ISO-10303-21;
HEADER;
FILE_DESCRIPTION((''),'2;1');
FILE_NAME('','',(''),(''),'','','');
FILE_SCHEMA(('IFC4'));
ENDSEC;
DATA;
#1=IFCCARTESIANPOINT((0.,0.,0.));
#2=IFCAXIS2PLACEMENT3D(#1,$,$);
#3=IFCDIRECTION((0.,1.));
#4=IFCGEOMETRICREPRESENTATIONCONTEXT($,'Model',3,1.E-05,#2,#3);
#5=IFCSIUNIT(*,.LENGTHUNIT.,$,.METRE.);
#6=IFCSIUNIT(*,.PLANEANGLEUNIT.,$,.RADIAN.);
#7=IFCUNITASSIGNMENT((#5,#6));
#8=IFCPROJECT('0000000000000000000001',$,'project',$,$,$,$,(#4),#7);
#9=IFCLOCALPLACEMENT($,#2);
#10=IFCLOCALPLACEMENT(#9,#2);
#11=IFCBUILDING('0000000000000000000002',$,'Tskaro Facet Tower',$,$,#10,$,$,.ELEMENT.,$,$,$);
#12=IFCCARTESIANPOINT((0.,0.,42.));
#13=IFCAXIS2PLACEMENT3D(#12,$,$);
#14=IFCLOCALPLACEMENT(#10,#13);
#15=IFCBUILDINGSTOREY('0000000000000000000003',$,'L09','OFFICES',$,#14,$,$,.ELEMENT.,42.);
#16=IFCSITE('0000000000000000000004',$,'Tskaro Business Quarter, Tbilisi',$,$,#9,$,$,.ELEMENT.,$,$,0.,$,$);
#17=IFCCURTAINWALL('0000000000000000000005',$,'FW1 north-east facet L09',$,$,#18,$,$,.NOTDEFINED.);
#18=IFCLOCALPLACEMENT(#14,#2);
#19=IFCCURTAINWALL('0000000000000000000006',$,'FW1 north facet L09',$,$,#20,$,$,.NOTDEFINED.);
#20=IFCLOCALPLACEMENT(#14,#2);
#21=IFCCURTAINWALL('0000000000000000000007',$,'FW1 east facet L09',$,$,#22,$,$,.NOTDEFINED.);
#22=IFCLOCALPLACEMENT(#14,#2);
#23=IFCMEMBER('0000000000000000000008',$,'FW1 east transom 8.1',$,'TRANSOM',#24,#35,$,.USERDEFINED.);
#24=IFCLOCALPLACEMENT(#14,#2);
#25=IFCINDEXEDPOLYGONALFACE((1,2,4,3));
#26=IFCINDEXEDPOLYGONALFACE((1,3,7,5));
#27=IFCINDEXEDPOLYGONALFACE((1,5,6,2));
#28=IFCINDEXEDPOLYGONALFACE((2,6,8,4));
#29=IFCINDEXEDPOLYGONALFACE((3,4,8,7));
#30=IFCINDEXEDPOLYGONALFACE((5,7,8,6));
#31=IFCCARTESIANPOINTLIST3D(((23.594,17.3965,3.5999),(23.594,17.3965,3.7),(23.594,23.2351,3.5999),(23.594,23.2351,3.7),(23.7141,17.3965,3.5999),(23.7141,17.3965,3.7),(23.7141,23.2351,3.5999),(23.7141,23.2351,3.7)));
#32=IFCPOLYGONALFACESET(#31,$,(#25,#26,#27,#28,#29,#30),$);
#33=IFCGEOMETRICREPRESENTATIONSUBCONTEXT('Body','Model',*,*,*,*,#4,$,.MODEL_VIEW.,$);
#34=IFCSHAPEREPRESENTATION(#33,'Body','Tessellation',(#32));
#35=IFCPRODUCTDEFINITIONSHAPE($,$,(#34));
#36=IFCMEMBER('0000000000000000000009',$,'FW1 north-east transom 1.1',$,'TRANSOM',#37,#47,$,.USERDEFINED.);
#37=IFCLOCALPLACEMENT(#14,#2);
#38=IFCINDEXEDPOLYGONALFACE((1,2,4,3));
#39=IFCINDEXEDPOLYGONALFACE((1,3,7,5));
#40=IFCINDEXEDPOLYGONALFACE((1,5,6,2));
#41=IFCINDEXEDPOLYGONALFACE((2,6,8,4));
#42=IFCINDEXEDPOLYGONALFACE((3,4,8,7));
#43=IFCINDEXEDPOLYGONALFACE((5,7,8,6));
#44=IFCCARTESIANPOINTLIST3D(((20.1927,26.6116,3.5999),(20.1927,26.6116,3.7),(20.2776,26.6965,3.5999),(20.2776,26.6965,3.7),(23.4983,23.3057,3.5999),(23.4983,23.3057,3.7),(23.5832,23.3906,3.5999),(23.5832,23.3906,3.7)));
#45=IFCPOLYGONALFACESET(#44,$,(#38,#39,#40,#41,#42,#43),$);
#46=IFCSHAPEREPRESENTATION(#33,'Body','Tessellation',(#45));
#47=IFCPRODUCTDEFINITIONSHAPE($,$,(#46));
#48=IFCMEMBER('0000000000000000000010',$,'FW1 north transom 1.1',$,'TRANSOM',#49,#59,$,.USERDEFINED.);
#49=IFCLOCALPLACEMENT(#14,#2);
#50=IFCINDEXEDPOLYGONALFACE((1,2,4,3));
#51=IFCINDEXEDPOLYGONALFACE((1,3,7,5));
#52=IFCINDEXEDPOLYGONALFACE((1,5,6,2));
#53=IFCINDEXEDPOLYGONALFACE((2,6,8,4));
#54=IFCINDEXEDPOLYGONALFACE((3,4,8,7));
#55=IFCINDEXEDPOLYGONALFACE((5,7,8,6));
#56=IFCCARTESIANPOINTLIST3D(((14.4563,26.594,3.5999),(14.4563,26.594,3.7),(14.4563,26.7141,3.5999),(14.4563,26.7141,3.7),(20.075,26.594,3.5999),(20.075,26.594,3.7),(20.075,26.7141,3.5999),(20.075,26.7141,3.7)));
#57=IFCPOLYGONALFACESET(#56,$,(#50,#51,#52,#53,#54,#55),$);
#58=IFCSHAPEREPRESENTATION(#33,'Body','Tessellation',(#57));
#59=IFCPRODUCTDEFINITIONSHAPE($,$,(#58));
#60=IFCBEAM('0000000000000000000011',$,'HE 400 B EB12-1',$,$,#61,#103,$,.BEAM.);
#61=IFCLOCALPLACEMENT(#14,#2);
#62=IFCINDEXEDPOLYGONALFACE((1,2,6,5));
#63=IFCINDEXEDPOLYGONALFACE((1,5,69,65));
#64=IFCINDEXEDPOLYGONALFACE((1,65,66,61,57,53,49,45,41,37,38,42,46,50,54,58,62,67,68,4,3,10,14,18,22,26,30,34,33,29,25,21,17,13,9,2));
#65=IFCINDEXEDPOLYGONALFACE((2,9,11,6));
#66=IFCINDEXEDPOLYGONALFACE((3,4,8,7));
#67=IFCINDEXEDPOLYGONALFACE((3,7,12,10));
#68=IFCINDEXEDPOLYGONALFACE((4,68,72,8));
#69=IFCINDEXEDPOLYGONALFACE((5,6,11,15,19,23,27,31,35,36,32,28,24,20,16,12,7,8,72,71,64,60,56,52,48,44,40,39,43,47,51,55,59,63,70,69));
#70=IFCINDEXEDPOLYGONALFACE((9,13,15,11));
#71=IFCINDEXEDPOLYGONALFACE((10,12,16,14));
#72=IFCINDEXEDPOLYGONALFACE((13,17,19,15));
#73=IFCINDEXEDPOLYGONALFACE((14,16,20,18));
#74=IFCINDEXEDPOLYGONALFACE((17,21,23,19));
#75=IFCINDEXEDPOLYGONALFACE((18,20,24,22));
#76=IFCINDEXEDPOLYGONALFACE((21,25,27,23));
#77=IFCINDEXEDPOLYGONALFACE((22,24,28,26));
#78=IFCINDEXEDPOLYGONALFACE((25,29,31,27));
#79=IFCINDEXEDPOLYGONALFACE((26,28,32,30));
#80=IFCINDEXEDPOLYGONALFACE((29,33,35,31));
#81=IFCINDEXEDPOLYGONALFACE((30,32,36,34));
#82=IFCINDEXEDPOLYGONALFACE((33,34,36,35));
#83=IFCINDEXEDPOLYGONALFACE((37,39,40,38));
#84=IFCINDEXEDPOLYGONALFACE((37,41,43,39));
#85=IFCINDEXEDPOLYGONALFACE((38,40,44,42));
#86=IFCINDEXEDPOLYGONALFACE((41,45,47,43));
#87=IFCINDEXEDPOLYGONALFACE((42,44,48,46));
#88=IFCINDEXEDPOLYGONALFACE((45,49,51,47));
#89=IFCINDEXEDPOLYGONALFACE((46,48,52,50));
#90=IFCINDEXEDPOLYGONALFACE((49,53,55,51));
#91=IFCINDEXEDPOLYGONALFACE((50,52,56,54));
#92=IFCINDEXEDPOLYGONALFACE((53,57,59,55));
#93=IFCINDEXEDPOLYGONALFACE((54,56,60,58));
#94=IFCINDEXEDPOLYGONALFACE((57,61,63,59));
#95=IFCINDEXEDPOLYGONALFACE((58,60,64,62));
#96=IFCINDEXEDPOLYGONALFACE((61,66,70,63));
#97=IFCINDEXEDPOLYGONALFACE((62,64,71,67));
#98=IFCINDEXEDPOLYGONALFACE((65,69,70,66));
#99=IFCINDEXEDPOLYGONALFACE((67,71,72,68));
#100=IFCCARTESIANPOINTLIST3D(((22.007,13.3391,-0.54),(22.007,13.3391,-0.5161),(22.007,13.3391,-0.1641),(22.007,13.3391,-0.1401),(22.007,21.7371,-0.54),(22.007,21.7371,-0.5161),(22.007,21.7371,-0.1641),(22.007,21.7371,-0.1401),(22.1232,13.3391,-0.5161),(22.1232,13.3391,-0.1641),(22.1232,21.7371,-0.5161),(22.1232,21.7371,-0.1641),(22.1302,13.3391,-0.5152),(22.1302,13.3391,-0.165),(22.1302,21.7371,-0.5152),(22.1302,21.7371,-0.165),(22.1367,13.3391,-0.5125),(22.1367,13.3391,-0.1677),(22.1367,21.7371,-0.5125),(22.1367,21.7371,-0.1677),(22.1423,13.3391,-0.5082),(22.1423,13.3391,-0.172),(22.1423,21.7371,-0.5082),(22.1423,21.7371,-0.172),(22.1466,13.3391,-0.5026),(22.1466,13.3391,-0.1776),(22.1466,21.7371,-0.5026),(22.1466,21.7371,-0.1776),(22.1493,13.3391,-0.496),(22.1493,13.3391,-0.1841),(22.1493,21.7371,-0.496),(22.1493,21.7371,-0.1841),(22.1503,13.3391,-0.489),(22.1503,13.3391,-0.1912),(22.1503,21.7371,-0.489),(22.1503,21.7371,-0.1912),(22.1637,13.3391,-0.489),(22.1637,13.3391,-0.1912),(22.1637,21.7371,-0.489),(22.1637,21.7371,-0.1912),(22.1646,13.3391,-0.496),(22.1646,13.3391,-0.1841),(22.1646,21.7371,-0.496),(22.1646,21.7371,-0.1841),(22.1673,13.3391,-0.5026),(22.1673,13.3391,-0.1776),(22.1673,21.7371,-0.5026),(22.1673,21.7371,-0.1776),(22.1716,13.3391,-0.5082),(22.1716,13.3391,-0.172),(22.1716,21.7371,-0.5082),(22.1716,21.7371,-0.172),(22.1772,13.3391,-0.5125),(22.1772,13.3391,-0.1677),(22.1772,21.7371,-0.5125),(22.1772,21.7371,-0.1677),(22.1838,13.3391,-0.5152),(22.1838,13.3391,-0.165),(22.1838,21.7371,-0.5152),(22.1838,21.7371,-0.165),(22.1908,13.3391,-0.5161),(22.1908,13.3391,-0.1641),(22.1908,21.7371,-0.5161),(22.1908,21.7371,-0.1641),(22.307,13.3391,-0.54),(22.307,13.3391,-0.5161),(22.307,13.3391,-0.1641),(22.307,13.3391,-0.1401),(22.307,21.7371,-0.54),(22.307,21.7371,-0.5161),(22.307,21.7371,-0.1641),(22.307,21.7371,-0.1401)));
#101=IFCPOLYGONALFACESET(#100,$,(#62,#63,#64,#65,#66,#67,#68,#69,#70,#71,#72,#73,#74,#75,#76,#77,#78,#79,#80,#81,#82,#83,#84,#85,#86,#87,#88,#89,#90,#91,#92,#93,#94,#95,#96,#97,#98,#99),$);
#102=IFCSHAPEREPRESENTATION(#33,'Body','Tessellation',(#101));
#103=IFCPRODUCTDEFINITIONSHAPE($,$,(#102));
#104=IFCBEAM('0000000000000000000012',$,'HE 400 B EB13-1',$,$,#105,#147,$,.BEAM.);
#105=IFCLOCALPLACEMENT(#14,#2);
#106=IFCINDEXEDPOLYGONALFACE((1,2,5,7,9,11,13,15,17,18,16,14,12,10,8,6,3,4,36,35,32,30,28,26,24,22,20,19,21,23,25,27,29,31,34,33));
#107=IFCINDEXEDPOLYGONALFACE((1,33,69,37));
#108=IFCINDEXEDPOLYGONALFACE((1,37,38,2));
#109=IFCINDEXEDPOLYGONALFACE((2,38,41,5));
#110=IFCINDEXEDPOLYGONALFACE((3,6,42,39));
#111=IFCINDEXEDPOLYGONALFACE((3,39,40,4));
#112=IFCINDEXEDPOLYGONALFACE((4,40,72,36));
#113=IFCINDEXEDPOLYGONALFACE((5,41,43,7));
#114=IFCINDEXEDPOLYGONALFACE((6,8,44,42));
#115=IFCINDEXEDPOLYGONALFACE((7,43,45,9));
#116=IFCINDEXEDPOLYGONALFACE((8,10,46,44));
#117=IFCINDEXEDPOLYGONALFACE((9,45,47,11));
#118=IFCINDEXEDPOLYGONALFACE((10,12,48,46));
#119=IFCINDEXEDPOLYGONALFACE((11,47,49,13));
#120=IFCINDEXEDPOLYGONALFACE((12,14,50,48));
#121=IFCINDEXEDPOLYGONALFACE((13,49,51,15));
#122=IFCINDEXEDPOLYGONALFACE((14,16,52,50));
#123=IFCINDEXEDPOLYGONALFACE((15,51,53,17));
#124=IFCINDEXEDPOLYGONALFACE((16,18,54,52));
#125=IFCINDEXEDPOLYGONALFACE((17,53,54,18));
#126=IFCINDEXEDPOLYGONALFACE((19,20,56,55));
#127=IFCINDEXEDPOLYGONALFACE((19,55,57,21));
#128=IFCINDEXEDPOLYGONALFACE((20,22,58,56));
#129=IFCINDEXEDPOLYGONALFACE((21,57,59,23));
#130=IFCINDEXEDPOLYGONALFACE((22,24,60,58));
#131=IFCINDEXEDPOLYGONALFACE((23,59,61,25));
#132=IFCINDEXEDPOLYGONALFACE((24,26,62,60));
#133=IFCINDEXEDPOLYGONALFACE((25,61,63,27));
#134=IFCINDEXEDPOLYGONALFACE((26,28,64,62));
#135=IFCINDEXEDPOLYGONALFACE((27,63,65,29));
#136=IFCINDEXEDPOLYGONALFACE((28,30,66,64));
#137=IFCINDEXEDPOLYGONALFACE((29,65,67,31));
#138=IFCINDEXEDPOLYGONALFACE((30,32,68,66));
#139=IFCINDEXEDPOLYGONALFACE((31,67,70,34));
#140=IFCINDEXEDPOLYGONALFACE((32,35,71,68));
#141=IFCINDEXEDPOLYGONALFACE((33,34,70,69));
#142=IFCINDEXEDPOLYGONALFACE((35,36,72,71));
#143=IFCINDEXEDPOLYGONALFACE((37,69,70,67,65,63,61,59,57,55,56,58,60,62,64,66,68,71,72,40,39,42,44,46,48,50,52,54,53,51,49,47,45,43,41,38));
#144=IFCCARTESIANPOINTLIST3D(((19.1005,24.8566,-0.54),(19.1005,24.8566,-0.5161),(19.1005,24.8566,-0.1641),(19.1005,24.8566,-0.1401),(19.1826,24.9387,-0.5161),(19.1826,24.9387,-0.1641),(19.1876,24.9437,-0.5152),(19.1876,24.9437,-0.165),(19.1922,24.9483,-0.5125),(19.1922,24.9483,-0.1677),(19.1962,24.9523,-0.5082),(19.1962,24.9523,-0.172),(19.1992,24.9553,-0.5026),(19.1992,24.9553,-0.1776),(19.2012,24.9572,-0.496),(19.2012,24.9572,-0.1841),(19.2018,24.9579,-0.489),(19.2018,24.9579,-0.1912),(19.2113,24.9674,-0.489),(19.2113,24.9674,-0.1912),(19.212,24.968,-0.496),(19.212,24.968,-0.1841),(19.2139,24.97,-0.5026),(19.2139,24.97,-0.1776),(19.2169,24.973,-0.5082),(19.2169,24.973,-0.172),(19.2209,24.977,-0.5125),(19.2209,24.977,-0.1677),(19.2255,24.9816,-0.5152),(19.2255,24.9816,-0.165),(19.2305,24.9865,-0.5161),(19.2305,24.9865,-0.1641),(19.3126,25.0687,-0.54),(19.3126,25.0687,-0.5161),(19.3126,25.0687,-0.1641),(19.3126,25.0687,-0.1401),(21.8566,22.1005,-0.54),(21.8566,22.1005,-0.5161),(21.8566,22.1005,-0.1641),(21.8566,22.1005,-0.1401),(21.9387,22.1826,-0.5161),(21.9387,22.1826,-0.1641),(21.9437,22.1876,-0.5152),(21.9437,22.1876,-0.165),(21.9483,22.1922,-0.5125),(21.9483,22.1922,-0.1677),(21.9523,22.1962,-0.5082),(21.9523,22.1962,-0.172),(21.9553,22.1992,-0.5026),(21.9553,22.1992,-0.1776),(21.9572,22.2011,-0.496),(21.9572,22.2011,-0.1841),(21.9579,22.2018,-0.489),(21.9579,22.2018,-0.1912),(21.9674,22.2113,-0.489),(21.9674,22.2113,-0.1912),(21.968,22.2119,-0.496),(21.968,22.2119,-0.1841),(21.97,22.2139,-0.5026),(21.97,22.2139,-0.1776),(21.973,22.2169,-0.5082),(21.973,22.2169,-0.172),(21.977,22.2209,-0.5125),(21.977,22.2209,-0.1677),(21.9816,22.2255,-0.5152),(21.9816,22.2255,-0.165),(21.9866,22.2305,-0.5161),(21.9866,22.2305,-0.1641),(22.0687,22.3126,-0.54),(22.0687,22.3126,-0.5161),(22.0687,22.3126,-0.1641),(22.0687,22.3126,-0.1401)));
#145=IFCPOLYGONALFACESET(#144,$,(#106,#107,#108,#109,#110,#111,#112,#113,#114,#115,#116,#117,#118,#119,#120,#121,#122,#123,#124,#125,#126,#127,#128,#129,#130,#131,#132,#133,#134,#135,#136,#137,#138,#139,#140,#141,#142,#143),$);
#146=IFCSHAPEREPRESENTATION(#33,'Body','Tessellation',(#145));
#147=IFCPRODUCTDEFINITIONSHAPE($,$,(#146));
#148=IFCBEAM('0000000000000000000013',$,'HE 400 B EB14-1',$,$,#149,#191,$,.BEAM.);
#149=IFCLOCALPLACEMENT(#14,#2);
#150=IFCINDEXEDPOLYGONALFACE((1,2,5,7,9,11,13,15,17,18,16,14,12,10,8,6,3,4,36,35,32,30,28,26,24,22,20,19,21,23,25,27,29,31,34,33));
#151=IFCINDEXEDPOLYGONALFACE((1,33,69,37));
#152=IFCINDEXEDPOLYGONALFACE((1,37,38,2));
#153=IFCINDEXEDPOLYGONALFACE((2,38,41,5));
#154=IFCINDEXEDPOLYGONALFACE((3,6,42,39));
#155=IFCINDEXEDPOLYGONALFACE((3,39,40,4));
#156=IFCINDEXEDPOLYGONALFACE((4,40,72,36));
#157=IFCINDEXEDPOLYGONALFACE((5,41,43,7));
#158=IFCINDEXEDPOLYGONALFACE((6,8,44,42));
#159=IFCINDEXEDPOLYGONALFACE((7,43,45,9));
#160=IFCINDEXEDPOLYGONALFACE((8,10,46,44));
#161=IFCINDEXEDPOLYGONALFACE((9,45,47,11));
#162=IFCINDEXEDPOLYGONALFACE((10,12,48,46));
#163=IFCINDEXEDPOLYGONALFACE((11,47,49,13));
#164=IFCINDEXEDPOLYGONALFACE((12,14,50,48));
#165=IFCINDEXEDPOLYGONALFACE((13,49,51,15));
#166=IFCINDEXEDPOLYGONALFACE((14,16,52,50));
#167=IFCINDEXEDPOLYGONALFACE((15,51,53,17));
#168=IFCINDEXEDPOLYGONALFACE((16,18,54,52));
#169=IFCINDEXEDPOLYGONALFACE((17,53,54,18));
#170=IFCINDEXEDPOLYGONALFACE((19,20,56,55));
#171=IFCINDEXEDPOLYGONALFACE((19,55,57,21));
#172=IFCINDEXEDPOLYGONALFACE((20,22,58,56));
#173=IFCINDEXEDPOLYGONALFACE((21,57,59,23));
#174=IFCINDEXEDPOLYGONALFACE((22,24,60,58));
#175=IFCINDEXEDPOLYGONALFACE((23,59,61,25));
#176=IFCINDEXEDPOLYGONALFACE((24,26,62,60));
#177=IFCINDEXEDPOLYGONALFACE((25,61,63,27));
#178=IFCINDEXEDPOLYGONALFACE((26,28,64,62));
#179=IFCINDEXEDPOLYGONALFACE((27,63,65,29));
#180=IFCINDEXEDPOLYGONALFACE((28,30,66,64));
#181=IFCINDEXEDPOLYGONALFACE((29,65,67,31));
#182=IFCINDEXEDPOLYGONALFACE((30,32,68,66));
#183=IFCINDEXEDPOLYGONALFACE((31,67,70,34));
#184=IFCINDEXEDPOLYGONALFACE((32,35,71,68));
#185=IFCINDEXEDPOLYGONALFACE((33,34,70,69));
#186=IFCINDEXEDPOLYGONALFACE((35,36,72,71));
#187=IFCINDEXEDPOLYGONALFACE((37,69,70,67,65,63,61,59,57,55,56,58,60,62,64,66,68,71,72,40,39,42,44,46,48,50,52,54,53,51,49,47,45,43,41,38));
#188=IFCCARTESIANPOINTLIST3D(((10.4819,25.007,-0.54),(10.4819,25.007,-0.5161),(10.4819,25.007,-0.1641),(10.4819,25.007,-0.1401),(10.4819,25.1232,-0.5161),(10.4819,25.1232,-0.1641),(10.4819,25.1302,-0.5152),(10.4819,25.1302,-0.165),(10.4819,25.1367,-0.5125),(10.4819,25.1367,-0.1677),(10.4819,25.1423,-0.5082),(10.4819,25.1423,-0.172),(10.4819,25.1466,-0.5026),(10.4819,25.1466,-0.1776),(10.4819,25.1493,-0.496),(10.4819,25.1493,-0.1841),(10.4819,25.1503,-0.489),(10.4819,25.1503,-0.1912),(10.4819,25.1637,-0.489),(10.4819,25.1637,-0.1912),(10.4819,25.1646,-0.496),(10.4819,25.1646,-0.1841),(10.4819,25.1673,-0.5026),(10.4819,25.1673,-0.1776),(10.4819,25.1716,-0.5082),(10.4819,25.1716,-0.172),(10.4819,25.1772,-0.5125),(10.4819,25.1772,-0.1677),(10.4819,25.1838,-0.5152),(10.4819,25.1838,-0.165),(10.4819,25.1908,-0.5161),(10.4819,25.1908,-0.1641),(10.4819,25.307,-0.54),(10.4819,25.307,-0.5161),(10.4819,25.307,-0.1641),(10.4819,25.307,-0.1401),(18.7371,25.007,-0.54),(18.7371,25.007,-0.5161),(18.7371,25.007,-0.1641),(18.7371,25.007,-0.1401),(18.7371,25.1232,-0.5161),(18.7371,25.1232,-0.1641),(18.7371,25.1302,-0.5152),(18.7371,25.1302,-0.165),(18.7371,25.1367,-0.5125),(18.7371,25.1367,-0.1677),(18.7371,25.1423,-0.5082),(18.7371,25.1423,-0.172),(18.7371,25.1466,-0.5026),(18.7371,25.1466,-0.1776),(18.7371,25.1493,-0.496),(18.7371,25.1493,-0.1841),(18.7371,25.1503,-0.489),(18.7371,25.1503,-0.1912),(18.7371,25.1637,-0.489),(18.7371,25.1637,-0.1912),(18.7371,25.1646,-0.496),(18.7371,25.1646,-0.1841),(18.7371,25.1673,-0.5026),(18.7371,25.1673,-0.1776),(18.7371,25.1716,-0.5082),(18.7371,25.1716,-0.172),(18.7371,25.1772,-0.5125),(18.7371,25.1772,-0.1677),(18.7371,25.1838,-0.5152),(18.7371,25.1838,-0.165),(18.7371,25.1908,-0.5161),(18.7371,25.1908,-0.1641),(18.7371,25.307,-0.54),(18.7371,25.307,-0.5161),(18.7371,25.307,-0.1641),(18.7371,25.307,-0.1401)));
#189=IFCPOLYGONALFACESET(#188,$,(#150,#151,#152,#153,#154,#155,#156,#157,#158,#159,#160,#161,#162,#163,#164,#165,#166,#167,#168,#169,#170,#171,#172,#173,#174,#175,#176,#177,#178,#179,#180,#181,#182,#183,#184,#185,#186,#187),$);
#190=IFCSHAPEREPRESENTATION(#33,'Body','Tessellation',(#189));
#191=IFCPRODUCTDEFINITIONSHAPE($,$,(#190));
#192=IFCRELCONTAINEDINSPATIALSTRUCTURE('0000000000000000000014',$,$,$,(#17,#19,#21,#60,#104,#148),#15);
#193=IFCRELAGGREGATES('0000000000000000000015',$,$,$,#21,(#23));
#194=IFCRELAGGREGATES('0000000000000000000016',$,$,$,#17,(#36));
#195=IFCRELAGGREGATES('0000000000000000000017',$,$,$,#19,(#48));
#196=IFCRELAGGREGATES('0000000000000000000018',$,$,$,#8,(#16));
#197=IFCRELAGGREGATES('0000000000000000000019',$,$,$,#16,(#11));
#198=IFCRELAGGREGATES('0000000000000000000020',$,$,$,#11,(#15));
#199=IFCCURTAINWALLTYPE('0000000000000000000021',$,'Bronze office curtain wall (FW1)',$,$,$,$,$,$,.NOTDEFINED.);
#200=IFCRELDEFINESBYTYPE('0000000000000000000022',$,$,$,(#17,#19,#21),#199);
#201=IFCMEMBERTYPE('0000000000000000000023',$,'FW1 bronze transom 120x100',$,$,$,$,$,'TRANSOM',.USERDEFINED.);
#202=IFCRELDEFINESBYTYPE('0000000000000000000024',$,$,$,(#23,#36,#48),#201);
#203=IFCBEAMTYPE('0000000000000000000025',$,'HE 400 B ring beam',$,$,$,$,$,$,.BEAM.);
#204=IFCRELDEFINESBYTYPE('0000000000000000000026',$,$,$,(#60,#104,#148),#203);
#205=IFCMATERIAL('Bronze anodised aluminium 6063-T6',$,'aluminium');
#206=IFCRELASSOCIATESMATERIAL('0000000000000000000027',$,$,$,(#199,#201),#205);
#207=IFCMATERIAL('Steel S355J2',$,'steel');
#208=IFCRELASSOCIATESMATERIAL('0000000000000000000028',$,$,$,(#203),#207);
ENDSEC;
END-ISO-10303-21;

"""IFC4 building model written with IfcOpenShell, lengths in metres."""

from ifc_helpers import new_model, si_unit, direction, frame, origin, origin_2d, place, context, subcontext, project, spatial, rectangle, i_section, extrude, material, material_profile, profile_set, type_object, element, aggregate, save


model = new_model("IFC4")

# Units and contexts
model_context = context("Model", 3, precision=1e-05, world=origin(), true_north=direction((0.0, 1.0)))
body_context = subcontext(model_context, "Body", "Model", "MODEL_VIEW")
ifc_project = project(units=[si_unit("LENGTHUNIT", "METRE"), si_unit("PLANEANGLEUNIT", "RADIAN")], contexts=[model_context])

# Site, building, storey
site_placement = place(None, origin())
site = spatial("IfcSite", under=ifc_project, at=site_placement, Name="Tskaro Business Quarter, Tbilisi", CompositionType="ELEMENT", RefElevation=0.0)
building_placement = place(site_placement, origin())
building = spatial("IfcBuilding", under=site, at=building_placement, Name="Tskaro Facet Tower", CompositionType="ELEMENT")
storey_placement = place(building_placement, frame((0.0, 0.0, 42.0)))
storey = spatial("IfcBuildingStorey", under=building, at=storey_placement, Name="L09", Description="OFFICES", CompositionType="ELEMENT", Elevation=42.0)

# Curtain walls
ifc_material_1 = material(Name="Bronze anodised aluminium 6063-T6", Category="aluminium")
curtain_wall_type = type_object("IfcCurtainWallType", Name="Bronze office curtain wall (FW1)", PredefinedType="NOTDEFINED", material=ifc_material_1)
curtain_wall_1_placement = place(storey_placement, origin())
curtain_wall_1 = element("IfcCurtainWall", 1, at=curtain_wall_1_placement, inside=storey, type_object=curtain_wall_type, Name="FW1 north-east facet L09", PredefinedType="NOTDEFINED")
curtain_wall_2_placement = place(storey_placement, origin())
curtain_wall_2 = element("IfcCurtainWall", 2, at=curtain_wall_2_placement, inside=storey, type_object=curtain_wall_type, Name="FW1 north facet L09", PredefinedType="NOTDEFINED")

# Curtain wall, member
curtain_wall_3_placement = place(storey_placement, origin())
curtain_wall_3 = element("IfcCurtainWall", 3, at=curtain_wall_3_placement, inside=storey, type_object=curtain_wall_type, Name="FW1 east facet L09", PredefinedType="NOTDEFINED")
ifc_material_profile_1 = material_profile(ifc_material_1, rectangle(XDim=0.1201, YDim=0.1001, at=origin_2d()), Name="Transom 120x100")
ifc_profile_set_1 = profile_set([ifc_material_profile_1], Name="Bronze anodised aluminium 6063-T6")
member_type_1 = type_object("IfcMemberType", Name="FW1 bronze transom 120x100", ElementType="TRANSOM", PredefinedType="USERDEFINED", material=ifc_profile_set_1)
member_1_placement = place(storey_placement, frame((23.6541, 17.3965, 3.6499), z_axis=(0.0, 1.0, 0.0), x_axis=(-1.0, 0.0, 0.0)))
member_1 = element("IfcMember", 4, at=member_1_placement, type_object=member_type_1, Name="FW1 east transom 8.1", ObjectType="TRANSOM", PredefinedType="USERDEFINED", context=body_context, shape_type="SweptSolid", body=[
    extrude(rectangle(XDim=0.1201, YDim=0.1001, at=origin_2d()), origin(), (0.0, 0.0, 1.0), 5.8386),
])

# Members
member_2_placement = place(storey_placement, frame((23.5408, 23.3481, 3.6499), z_axis=(-0.707081, 0.707133, 0.0), x_axis=(-0.707133, -0.707081, 0.0)))
member_2 = element("IfcMember", 5, at=member_2_placement, type_object=member_type_1, Name="FW1 north-east transom 1.1", ObjectType="TRANSOM", PredefinedType="USERDEFINED", context=body_context, shape_type="SweptSolid", body=[
    extrude(rectangle(XDim=0.1201, YDim=0.1001, at=origin_2d()), origin(), (0.0, 0.0, 1.0), 4.675),
])
member_3_placement = place(storey_placement, frame((20.075, 26.6541, 3.6499), z_axis=(-1.0, 0.0, 0.0), x_axis=(0.0, -1.0, 0.0)))
member_3 = element("IfcMember", 6, at=member_3_placement, type_object=member_type_1, Name="FW1 north transom 1.1", ObjectType="TRANSOM", PredefinedType="USERDEFINED", context=body_context, shape_type="SweptSolid", body=[
    extrude(rectangle(XDim=0.1201, YDim=0.1001, at=origin_2d()), origin(), (0.0, 0.0, 1.0), 5.6187),
])

# Beams
ifc_material_2 = material(Name="Steel S355J2", Category="steel")
ifc_material_profile_2 = material_profile(ifc_material_2, i_section(OverallWidth=0.3, OverallDepth=0.3999, WebThickness=0.0134, FlangeThickness=0.0239, FilletRadius=0.0271, at=origin_2d()), Name="HE 400 B")
ifc_profile_set_2 = profile_set([ifc_material_profile_2], Name="Steel S355J2")
beam_type_1 = type_object("IfcBeamType", Name="HE 400 B ring beam", PredefinedType="BEAM", material=ifc_profile_set_2)
beam_1_placement = place(storey_placement, frame((22.157, 13.3391, -0.3401), z_axis=(0.0, 1.0, 0.0), x_axis=(-1.0, 0.0, 0.0)))
element("IfcBeam", 7, at=beam_1_placement, inside=storey, type_object=beam_type_1, Name="HE 400 B EB12-1", PredefinedType="BEAM", context=body_context, shape_type="SweptSolid", body=[
    extrude(i_section(OverallWidth=0.3, OverallDepth=0.3999, WebThickness=0.0134, FlangeThickness=0.0239, FilletRadius=0.0271, at=origin_2d()), origin(), (0.0, 0.0, 1.0), 8.3979),
])
beam_2_placement = place(storey_placement, frame((21.9626, 22.2065, -0.3401), z_axis=(-0.707107, 0.707107, 0.0), x_axis=(-0.707107, -0.707107, 0.0)))
element("IfcBeam", 8, at=beam_2_placement, inside=storey, type_object=beam_type_1, Name="HE 400 B EB13-1", PredefinedType="BEAM", context=body_context, shape_type="SweptSolid", body=[
    extrude(i_section(OverallWidth=0.3, OverallDepth=0.3999, WebThickness=0.0134, FlangeThickness=0.0239, FilletRadius=0.0271, at=origin_2d()), origin(), (0.0, 0.0, 1.0), 3.8977),
])
beam_3_placement = place(storey_placement, frame((18.7371, 25.157, -0.3401), z_axis=(-1.0, 0.0, 0.0), x_axis=(0.0, -1.0, 0.0)))
element("IfcBeam", 9, at=beam_3_placement, inside=storey, type_object=beam_type_1, Name="HE 400 B EB14-1", PredefinedType="BEAM", context=body_context, shape_type="SweptSolid", body=[
    extrude(i_section(OverallWidth=0.3, OverallDepth=0.3999, WebThickness=0.0134, FlangeThickness=0.0239, FilletRadius=0.0271, at=origin_2d()), origin(), (0.0, 0.0, 1.0), 8.2551),
])

aggregate(curtain_wall_3, [member_1])
aggregate(curtain_wall_1, [member_2])
aggregate(curtain_wall_2, [member_3])

save(model, "model.ifc")
